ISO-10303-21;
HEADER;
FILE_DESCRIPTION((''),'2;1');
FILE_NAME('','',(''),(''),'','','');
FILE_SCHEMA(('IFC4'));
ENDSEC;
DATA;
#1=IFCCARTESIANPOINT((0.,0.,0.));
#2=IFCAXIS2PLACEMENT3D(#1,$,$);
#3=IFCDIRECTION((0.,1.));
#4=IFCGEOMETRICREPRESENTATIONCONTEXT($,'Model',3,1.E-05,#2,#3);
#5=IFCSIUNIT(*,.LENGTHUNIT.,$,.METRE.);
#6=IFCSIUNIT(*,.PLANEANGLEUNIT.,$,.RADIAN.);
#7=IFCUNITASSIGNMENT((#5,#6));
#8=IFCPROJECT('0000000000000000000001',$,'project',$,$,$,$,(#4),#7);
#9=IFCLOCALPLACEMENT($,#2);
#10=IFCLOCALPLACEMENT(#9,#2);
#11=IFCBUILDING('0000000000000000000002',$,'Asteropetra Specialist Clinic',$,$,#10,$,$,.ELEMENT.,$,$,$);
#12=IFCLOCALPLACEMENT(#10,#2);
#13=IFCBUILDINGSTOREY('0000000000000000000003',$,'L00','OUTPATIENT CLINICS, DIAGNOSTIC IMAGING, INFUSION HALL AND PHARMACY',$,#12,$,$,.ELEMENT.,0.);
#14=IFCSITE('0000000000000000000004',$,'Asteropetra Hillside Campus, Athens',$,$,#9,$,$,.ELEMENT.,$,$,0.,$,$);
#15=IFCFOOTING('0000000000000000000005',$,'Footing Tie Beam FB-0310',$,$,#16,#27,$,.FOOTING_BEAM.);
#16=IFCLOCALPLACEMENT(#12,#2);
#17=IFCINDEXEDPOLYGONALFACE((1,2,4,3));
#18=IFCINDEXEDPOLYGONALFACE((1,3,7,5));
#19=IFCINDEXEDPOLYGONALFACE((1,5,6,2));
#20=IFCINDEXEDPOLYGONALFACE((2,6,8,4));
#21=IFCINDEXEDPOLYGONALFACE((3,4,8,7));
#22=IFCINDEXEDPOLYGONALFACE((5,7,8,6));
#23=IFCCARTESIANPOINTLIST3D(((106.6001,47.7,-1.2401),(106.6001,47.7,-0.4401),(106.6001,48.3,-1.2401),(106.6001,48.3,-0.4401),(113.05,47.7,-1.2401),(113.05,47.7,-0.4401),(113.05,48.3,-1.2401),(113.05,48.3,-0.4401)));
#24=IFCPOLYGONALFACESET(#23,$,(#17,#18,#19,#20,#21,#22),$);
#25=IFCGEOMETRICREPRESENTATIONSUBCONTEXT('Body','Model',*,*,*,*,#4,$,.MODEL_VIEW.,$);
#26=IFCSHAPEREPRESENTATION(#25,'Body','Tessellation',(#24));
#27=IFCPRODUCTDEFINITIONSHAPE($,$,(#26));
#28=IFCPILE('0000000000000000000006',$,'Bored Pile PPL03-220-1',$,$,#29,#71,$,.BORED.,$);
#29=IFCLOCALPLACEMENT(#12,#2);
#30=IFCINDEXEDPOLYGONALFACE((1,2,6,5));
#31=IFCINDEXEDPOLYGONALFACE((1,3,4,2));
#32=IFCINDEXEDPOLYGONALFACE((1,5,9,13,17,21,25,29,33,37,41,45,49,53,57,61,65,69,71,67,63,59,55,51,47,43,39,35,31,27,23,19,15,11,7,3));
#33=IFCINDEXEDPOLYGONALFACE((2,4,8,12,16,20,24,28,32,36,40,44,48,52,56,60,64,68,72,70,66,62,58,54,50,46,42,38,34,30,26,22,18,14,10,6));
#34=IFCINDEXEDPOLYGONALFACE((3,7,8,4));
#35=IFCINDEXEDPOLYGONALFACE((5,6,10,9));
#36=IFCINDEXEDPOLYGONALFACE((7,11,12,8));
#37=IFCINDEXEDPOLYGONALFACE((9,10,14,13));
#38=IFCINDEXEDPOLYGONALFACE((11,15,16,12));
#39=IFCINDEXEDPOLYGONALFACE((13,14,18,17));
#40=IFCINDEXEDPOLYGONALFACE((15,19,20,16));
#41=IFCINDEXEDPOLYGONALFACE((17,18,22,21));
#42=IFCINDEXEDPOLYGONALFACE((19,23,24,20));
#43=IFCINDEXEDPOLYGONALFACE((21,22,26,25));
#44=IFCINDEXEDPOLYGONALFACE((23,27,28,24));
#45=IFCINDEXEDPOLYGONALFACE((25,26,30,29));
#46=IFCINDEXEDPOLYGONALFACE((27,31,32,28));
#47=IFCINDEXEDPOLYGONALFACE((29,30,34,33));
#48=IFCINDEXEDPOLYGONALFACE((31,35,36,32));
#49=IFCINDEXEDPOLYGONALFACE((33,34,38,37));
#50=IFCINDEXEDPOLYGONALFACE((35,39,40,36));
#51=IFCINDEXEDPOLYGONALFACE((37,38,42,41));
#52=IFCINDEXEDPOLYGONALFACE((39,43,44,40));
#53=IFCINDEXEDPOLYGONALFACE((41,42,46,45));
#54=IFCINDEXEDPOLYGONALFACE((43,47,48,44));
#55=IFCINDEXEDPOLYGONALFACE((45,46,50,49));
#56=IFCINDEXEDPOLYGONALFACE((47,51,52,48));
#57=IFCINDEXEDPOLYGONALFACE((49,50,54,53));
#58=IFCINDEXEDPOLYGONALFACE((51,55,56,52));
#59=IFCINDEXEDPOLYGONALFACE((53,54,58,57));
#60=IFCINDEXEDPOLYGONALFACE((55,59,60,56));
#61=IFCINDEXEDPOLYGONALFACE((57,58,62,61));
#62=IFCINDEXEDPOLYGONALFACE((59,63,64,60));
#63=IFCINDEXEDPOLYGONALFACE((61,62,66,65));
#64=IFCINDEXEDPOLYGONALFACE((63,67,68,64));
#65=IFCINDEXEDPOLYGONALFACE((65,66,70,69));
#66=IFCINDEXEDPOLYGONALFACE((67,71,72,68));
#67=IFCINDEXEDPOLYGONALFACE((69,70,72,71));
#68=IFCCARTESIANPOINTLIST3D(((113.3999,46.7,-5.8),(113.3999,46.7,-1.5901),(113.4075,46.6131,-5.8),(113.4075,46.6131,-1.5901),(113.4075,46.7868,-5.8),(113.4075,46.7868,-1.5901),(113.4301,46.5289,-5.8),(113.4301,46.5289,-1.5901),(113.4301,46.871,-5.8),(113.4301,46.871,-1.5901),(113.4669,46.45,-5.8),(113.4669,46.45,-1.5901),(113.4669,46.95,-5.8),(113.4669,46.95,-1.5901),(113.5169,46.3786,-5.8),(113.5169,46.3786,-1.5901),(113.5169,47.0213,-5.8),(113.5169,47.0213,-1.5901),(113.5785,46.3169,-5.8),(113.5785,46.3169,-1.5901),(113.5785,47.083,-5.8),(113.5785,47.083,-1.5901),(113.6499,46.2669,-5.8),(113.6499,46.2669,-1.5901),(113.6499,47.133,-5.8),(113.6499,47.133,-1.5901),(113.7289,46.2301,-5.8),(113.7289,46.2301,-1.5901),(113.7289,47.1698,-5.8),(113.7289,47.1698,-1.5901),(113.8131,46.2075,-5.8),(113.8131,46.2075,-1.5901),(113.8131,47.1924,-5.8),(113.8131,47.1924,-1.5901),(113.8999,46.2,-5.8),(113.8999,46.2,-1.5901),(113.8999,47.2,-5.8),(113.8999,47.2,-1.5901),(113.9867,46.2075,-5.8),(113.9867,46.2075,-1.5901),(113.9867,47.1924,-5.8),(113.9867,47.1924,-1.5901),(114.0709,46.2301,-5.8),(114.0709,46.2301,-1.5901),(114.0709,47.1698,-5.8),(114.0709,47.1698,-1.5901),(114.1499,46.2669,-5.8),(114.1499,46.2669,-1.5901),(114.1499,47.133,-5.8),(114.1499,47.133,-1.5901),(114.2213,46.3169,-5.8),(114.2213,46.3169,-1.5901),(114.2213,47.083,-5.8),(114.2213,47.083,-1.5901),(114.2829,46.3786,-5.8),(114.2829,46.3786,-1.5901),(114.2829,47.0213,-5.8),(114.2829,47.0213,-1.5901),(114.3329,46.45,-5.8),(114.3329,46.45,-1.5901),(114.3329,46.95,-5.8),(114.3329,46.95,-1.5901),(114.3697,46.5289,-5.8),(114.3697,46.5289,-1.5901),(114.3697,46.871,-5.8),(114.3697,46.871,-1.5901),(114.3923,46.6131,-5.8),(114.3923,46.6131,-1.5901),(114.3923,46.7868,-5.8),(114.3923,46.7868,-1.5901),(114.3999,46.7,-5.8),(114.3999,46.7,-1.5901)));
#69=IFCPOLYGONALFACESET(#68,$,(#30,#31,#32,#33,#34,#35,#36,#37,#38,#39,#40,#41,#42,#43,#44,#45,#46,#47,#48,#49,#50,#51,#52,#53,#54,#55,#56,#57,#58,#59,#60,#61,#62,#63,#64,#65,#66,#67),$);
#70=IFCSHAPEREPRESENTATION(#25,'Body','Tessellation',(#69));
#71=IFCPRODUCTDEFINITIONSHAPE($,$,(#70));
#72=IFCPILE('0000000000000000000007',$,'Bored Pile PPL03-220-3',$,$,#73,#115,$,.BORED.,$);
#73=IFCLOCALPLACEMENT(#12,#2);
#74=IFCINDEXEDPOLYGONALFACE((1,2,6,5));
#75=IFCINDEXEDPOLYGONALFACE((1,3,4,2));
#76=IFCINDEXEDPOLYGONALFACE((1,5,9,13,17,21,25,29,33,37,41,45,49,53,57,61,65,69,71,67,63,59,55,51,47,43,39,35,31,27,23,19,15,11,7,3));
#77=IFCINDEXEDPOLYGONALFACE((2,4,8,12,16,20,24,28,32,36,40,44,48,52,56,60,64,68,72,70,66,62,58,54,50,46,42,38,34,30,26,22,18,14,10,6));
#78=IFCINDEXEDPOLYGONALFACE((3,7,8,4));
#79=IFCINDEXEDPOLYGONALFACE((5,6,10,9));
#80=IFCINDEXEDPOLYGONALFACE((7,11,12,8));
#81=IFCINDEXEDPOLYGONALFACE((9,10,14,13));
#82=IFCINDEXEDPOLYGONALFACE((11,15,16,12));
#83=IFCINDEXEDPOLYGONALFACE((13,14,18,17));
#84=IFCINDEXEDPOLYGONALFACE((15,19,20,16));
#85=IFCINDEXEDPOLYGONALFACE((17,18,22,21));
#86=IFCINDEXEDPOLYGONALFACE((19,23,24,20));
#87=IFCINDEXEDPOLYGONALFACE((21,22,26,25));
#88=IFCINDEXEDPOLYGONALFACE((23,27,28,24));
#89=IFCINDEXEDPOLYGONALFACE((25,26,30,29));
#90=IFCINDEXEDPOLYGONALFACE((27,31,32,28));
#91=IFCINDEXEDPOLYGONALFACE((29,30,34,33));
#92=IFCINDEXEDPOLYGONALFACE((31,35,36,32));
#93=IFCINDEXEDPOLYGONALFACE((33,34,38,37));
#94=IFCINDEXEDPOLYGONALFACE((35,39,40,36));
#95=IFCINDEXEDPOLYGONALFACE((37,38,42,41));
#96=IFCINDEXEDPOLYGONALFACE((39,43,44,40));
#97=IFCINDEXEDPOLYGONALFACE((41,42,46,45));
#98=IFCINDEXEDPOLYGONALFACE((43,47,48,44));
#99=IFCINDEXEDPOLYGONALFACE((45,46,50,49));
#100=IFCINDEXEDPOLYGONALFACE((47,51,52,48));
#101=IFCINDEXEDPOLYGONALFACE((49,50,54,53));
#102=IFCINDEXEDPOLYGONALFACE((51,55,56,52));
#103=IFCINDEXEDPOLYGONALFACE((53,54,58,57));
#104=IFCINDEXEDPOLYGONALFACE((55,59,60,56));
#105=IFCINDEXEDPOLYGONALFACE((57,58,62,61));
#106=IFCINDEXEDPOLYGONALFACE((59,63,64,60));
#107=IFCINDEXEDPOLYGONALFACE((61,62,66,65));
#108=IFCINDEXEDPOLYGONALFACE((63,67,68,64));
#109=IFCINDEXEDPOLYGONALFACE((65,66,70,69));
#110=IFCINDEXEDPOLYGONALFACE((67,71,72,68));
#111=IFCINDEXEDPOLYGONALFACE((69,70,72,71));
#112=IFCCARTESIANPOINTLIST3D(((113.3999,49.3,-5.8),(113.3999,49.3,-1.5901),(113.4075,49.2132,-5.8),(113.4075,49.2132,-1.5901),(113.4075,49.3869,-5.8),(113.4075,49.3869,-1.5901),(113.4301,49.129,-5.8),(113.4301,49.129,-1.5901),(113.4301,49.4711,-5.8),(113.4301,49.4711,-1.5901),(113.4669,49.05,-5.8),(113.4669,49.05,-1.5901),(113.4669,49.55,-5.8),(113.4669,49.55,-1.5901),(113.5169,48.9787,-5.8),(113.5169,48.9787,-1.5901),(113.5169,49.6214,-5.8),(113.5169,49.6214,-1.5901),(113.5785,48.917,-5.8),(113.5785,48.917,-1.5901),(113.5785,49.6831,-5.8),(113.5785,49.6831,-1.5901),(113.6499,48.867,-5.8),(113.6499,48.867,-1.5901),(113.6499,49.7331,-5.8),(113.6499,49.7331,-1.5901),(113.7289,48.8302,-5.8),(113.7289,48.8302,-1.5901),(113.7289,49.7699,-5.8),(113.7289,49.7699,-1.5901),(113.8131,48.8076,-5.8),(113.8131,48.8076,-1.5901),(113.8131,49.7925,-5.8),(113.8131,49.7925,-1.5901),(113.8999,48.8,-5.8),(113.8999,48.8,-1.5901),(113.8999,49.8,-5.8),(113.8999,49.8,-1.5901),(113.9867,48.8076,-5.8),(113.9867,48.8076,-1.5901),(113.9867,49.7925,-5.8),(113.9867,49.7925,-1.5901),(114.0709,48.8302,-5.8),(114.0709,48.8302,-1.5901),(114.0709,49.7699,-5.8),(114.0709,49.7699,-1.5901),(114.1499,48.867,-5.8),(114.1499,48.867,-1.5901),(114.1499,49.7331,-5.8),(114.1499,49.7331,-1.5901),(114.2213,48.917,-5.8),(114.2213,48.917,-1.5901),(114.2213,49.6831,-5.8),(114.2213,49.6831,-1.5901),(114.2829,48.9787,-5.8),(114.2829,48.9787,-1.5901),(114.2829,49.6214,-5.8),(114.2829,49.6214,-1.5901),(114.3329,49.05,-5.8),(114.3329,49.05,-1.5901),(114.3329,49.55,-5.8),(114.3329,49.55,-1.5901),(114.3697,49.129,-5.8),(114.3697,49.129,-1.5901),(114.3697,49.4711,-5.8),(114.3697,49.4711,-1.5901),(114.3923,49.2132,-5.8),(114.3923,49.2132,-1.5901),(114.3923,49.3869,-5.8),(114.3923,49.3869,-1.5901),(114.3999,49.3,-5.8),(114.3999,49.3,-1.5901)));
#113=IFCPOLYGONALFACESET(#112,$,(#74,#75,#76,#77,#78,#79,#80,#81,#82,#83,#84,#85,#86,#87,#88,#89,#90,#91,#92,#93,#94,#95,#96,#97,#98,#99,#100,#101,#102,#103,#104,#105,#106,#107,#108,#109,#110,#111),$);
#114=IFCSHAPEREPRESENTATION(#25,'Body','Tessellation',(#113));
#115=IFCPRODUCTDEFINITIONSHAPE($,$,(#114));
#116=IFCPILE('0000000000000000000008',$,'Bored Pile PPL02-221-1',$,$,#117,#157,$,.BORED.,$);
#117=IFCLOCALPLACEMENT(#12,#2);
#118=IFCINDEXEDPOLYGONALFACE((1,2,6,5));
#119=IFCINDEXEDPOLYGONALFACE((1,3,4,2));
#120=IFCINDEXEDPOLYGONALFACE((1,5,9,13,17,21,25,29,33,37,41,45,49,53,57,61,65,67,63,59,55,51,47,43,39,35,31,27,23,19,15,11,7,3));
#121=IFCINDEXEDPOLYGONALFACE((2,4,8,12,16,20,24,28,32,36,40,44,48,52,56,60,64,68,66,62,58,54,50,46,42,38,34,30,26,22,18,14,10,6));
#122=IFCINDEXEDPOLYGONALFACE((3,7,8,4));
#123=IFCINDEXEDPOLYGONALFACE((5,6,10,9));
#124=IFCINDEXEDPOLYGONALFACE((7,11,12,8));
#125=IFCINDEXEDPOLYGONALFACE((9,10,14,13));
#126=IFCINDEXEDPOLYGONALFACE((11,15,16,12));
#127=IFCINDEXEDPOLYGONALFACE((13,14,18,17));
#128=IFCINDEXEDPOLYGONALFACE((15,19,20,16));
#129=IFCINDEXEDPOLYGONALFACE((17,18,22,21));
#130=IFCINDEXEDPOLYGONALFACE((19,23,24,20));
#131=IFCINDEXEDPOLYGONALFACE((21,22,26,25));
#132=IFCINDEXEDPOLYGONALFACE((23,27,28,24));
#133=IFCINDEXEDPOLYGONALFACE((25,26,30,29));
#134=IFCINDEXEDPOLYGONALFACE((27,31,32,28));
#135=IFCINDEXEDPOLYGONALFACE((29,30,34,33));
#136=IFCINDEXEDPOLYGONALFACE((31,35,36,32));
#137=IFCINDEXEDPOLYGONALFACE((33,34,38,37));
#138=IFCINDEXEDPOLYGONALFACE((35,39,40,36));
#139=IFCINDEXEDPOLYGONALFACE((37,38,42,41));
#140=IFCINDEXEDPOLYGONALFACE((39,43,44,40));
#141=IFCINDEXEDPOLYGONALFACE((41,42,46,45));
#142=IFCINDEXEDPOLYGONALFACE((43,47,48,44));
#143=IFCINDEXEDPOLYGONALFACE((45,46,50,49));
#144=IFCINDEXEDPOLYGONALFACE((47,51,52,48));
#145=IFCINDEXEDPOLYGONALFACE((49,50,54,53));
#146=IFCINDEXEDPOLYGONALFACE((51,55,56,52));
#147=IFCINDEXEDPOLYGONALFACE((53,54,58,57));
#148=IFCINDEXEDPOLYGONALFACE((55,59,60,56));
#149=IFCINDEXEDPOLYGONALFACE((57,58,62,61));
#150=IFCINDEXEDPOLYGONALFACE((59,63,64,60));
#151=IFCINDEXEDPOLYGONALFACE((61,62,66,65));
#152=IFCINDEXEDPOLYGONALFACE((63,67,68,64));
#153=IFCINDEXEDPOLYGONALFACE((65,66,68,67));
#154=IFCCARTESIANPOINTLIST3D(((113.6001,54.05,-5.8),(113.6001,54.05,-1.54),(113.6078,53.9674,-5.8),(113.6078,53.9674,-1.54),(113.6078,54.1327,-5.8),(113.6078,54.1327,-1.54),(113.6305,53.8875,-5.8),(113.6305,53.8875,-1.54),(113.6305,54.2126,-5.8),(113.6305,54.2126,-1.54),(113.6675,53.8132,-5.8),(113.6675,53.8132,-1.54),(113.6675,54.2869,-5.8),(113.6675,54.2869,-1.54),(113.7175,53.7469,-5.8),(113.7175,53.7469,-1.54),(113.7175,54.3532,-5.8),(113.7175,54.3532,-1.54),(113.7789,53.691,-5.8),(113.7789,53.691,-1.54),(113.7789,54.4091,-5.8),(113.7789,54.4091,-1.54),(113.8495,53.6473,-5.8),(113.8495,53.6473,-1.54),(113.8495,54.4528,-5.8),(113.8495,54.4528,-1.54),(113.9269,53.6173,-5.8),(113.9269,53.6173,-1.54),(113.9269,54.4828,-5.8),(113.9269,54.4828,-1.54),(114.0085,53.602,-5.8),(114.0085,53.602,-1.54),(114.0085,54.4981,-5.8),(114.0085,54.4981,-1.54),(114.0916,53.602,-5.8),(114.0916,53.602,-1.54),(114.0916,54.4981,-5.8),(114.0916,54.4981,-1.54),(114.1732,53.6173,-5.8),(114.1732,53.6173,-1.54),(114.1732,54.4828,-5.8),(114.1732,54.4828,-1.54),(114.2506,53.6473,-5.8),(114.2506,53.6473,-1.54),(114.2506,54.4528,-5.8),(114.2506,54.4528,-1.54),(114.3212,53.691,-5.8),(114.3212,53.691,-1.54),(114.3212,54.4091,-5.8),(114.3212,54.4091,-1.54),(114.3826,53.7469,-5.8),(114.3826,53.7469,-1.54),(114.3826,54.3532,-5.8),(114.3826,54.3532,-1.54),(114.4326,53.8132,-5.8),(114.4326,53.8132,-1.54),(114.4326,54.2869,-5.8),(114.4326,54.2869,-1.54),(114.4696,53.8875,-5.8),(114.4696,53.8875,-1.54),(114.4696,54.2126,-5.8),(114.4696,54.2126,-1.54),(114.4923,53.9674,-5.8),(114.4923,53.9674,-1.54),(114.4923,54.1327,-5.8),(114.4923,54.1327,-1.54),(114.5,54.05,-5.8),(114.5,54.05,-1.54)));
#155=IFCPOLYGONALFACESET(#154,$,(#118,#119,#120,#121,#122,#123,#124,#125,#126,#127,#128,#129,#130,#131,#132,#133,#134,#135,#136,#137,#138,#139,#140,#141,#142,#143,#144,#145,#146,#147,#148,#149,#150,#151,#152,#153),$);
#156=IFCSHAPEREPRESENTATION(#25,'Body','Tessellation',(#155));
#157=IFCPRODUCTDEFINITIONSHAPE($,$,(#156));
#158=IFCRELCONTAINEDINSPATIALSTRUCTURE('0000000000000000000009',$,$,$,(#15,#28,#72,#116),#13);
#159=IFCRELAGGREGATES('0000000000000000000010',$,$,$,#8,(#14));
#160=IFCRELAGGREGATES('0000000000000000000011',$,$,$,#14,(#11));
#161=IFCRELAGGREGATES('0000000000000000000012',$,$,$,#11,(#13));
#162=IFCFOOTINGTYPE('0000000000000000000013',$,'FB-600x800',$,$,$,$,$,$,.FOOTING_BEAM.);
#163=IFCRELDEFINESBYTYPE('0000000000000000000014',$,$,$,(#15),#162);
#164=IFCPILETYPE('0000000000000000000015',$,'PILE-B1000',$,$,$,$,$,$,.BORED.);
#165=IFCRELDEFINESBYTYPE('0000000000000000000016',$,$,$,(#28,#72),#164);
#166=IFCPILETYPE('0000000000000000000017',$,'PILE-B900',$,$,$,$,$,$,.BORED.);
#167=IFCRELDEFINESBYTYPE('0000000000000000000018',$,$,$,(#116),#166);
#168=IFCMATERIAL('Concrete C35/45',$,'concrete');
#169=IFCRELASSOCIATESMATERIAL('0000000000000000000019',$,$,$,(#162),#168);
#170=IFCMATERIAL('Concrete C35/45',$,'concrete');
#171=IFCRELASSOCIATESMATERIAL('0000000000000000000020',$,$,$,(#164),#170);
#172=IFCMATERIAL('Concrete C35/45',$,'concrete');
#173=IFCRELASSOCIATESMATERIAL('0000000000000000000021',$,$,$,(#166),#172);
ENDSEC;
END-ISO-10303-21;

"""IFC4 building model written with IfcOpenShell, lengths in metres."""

from ifc_helpers import new_model, si_unit, direction, frame, origin, origin_2d, place, context, subcontext, project, spatial, rectangle, circle, extrude, material, material_profile, profile_set, type_object, element, save


model = new_model("IFC4")

# Units and contexts
model_context = context("Model", 3, precision=1e-05, world=origin(), true_north=direction((0.0, 1.0)))
body_context = subcontext(model_context, "Body", "Model", "MODEL_VIEW")
ifc_project = project(units=[si_unit("LENGTHUNIT", "METRE"), si_unit("PLANEANGLEUNIT", "RADIAN")], contexts=[model_context])

# Site, building, storey
site_placement = place(None, origin())
site = spatial("IfcSite", under=ifc_project, at=site_placement, Name="Asteropetra Hillside Campus, Athens", CompositionType="ELEMENT", RefElevation=0.0)
building_placement = place(site_placement, origin())
building = spatial("IfcBuilding", under=site, at=building_placement, Name="Asteropetra Specialist Clinic", CompositionType="ELEMENT")
storey_placement = place(building_placement, origin())
storey = spatial("IfcBuildingStorey", under=building, at=storey_placement, Name="L00", Description="OUTPATIENT CLINICS, DIAGNOSTIC IMAGING, INFUSION HALL AND PHARMACY", CompositionType="ELEMENT", Elevation=0.0)

# Footing
ifc_material_1 = material(Name="Concrete C35/45", Category="concrete")
ifc_material_profile_1 = material_profile(ifc_material_1, rectangle(XDim=0.6001, YDim=0.8, at=origin_2d()), Name="FB 600x800")
ifc_profile_set_1 = profile_set([ifc_material_profile_1], Name="Concrete C35/45")
footing_type = type_object("IfcFootingType", Name="FB-600x800", PredefinedType="FOOTING_BEAM", material=ifc_profile_set_1)
footing_placement = place(storey_placement, frame((106.6001, 48.0, -0.8401), z_axis=(1.0, 0.0, 0.0), x_axis=(0.0, 1.0, 0.0)))
element("IfcFooting", 1, at=footing_placement, inside=storey, type_object=footing_type, Name="Footing Tie Beam FB-0310", PredefinedType="FOOTING_BEAM", context=body_context, shape_type="SweptSolid", body=[
    extrude(rectangle(XDim=0.6001, YDim=0.8, at=origin_2d()), origin(), (0.0, 0.0, 1.0), 6.45),
])

# Piles
ifc_material_2 = material(Name="Concrete C35/45", Category="concrete")
ifc_material_profile_2 = material_profile(ifc_material_2, circle(Radius=0.5, at=origin_2d()), Name="PILE D1000")
ifc_profile_set_2 = profile_set([ifc_material_profile_2], Name="Concrete C35/45")
pile_type_1 = type_object("IfcPileType", Name="PILE-B1000", PredefinedType="BORED", material=ifc_profile_set_2)
for number, where, z_axis, x_axis, name in (
    (2, (113.8999, 46.7, -1.5901), (0.0, 0.0, -1.0), (1.0, 0.0, 0.0), "Bored Pile PPL03-220-1"),
    (3, (113.8999, 49.3, -1.5901), (0.0, 0.0, -1.0), (1.0, 0.0, 0.0), "Bored Pile PPL03-220-3"),
):
    element("IfcPile", number, at=place(storey_placement, frame(where, z_axis=z_axis, x_axis=x_axis)), inside=storey, type_object=pile_type_1, Name=name, PredefinedType="BORED", context=body_context, shape_type="SweptSolid", body=[
        extrude(circle(Radius=0.5, at=origin_2d()), origin(), (0.0, 0.0, 1.0), 4.21),
    ])
ifc_material_3 = material(Name="Concrete C35/45", Category="concrete")
ifc_material_profile_3 = material_profile(ifc_material_3, circle(Radius=0.45, at=origin_2d()), Name="PILE D900")
ifc_profile_set_3 = profile_set([ifc_material_profile_3], Name="Concrete C35/45")
pile_type_2 = type_object("IfcPileType", Name="PILE-B900", PredefinedType="BORED", material=ifc_profile_set_3)
pile_placement = place(storey_placement, frame((114.05, 54.05, -1.54), z_axis=(0.0, 0.0, -1.0), x_axis=(1.0, 0.0, 0.0)))
element("IfcPile", 4, at=pile_placement, inside=storey, type_object=pile_type_2, Name="Bored Pile PPL02-221-1", PredefinedType="BORED", context=body_context, shape_type="SweptSolid", body=[
    extrude(circle(Radius=0.45, at=origin_2d()), origin(), (0.0, 0.0, 1.0), 4.26),
])

save(model, "model.ifc")
